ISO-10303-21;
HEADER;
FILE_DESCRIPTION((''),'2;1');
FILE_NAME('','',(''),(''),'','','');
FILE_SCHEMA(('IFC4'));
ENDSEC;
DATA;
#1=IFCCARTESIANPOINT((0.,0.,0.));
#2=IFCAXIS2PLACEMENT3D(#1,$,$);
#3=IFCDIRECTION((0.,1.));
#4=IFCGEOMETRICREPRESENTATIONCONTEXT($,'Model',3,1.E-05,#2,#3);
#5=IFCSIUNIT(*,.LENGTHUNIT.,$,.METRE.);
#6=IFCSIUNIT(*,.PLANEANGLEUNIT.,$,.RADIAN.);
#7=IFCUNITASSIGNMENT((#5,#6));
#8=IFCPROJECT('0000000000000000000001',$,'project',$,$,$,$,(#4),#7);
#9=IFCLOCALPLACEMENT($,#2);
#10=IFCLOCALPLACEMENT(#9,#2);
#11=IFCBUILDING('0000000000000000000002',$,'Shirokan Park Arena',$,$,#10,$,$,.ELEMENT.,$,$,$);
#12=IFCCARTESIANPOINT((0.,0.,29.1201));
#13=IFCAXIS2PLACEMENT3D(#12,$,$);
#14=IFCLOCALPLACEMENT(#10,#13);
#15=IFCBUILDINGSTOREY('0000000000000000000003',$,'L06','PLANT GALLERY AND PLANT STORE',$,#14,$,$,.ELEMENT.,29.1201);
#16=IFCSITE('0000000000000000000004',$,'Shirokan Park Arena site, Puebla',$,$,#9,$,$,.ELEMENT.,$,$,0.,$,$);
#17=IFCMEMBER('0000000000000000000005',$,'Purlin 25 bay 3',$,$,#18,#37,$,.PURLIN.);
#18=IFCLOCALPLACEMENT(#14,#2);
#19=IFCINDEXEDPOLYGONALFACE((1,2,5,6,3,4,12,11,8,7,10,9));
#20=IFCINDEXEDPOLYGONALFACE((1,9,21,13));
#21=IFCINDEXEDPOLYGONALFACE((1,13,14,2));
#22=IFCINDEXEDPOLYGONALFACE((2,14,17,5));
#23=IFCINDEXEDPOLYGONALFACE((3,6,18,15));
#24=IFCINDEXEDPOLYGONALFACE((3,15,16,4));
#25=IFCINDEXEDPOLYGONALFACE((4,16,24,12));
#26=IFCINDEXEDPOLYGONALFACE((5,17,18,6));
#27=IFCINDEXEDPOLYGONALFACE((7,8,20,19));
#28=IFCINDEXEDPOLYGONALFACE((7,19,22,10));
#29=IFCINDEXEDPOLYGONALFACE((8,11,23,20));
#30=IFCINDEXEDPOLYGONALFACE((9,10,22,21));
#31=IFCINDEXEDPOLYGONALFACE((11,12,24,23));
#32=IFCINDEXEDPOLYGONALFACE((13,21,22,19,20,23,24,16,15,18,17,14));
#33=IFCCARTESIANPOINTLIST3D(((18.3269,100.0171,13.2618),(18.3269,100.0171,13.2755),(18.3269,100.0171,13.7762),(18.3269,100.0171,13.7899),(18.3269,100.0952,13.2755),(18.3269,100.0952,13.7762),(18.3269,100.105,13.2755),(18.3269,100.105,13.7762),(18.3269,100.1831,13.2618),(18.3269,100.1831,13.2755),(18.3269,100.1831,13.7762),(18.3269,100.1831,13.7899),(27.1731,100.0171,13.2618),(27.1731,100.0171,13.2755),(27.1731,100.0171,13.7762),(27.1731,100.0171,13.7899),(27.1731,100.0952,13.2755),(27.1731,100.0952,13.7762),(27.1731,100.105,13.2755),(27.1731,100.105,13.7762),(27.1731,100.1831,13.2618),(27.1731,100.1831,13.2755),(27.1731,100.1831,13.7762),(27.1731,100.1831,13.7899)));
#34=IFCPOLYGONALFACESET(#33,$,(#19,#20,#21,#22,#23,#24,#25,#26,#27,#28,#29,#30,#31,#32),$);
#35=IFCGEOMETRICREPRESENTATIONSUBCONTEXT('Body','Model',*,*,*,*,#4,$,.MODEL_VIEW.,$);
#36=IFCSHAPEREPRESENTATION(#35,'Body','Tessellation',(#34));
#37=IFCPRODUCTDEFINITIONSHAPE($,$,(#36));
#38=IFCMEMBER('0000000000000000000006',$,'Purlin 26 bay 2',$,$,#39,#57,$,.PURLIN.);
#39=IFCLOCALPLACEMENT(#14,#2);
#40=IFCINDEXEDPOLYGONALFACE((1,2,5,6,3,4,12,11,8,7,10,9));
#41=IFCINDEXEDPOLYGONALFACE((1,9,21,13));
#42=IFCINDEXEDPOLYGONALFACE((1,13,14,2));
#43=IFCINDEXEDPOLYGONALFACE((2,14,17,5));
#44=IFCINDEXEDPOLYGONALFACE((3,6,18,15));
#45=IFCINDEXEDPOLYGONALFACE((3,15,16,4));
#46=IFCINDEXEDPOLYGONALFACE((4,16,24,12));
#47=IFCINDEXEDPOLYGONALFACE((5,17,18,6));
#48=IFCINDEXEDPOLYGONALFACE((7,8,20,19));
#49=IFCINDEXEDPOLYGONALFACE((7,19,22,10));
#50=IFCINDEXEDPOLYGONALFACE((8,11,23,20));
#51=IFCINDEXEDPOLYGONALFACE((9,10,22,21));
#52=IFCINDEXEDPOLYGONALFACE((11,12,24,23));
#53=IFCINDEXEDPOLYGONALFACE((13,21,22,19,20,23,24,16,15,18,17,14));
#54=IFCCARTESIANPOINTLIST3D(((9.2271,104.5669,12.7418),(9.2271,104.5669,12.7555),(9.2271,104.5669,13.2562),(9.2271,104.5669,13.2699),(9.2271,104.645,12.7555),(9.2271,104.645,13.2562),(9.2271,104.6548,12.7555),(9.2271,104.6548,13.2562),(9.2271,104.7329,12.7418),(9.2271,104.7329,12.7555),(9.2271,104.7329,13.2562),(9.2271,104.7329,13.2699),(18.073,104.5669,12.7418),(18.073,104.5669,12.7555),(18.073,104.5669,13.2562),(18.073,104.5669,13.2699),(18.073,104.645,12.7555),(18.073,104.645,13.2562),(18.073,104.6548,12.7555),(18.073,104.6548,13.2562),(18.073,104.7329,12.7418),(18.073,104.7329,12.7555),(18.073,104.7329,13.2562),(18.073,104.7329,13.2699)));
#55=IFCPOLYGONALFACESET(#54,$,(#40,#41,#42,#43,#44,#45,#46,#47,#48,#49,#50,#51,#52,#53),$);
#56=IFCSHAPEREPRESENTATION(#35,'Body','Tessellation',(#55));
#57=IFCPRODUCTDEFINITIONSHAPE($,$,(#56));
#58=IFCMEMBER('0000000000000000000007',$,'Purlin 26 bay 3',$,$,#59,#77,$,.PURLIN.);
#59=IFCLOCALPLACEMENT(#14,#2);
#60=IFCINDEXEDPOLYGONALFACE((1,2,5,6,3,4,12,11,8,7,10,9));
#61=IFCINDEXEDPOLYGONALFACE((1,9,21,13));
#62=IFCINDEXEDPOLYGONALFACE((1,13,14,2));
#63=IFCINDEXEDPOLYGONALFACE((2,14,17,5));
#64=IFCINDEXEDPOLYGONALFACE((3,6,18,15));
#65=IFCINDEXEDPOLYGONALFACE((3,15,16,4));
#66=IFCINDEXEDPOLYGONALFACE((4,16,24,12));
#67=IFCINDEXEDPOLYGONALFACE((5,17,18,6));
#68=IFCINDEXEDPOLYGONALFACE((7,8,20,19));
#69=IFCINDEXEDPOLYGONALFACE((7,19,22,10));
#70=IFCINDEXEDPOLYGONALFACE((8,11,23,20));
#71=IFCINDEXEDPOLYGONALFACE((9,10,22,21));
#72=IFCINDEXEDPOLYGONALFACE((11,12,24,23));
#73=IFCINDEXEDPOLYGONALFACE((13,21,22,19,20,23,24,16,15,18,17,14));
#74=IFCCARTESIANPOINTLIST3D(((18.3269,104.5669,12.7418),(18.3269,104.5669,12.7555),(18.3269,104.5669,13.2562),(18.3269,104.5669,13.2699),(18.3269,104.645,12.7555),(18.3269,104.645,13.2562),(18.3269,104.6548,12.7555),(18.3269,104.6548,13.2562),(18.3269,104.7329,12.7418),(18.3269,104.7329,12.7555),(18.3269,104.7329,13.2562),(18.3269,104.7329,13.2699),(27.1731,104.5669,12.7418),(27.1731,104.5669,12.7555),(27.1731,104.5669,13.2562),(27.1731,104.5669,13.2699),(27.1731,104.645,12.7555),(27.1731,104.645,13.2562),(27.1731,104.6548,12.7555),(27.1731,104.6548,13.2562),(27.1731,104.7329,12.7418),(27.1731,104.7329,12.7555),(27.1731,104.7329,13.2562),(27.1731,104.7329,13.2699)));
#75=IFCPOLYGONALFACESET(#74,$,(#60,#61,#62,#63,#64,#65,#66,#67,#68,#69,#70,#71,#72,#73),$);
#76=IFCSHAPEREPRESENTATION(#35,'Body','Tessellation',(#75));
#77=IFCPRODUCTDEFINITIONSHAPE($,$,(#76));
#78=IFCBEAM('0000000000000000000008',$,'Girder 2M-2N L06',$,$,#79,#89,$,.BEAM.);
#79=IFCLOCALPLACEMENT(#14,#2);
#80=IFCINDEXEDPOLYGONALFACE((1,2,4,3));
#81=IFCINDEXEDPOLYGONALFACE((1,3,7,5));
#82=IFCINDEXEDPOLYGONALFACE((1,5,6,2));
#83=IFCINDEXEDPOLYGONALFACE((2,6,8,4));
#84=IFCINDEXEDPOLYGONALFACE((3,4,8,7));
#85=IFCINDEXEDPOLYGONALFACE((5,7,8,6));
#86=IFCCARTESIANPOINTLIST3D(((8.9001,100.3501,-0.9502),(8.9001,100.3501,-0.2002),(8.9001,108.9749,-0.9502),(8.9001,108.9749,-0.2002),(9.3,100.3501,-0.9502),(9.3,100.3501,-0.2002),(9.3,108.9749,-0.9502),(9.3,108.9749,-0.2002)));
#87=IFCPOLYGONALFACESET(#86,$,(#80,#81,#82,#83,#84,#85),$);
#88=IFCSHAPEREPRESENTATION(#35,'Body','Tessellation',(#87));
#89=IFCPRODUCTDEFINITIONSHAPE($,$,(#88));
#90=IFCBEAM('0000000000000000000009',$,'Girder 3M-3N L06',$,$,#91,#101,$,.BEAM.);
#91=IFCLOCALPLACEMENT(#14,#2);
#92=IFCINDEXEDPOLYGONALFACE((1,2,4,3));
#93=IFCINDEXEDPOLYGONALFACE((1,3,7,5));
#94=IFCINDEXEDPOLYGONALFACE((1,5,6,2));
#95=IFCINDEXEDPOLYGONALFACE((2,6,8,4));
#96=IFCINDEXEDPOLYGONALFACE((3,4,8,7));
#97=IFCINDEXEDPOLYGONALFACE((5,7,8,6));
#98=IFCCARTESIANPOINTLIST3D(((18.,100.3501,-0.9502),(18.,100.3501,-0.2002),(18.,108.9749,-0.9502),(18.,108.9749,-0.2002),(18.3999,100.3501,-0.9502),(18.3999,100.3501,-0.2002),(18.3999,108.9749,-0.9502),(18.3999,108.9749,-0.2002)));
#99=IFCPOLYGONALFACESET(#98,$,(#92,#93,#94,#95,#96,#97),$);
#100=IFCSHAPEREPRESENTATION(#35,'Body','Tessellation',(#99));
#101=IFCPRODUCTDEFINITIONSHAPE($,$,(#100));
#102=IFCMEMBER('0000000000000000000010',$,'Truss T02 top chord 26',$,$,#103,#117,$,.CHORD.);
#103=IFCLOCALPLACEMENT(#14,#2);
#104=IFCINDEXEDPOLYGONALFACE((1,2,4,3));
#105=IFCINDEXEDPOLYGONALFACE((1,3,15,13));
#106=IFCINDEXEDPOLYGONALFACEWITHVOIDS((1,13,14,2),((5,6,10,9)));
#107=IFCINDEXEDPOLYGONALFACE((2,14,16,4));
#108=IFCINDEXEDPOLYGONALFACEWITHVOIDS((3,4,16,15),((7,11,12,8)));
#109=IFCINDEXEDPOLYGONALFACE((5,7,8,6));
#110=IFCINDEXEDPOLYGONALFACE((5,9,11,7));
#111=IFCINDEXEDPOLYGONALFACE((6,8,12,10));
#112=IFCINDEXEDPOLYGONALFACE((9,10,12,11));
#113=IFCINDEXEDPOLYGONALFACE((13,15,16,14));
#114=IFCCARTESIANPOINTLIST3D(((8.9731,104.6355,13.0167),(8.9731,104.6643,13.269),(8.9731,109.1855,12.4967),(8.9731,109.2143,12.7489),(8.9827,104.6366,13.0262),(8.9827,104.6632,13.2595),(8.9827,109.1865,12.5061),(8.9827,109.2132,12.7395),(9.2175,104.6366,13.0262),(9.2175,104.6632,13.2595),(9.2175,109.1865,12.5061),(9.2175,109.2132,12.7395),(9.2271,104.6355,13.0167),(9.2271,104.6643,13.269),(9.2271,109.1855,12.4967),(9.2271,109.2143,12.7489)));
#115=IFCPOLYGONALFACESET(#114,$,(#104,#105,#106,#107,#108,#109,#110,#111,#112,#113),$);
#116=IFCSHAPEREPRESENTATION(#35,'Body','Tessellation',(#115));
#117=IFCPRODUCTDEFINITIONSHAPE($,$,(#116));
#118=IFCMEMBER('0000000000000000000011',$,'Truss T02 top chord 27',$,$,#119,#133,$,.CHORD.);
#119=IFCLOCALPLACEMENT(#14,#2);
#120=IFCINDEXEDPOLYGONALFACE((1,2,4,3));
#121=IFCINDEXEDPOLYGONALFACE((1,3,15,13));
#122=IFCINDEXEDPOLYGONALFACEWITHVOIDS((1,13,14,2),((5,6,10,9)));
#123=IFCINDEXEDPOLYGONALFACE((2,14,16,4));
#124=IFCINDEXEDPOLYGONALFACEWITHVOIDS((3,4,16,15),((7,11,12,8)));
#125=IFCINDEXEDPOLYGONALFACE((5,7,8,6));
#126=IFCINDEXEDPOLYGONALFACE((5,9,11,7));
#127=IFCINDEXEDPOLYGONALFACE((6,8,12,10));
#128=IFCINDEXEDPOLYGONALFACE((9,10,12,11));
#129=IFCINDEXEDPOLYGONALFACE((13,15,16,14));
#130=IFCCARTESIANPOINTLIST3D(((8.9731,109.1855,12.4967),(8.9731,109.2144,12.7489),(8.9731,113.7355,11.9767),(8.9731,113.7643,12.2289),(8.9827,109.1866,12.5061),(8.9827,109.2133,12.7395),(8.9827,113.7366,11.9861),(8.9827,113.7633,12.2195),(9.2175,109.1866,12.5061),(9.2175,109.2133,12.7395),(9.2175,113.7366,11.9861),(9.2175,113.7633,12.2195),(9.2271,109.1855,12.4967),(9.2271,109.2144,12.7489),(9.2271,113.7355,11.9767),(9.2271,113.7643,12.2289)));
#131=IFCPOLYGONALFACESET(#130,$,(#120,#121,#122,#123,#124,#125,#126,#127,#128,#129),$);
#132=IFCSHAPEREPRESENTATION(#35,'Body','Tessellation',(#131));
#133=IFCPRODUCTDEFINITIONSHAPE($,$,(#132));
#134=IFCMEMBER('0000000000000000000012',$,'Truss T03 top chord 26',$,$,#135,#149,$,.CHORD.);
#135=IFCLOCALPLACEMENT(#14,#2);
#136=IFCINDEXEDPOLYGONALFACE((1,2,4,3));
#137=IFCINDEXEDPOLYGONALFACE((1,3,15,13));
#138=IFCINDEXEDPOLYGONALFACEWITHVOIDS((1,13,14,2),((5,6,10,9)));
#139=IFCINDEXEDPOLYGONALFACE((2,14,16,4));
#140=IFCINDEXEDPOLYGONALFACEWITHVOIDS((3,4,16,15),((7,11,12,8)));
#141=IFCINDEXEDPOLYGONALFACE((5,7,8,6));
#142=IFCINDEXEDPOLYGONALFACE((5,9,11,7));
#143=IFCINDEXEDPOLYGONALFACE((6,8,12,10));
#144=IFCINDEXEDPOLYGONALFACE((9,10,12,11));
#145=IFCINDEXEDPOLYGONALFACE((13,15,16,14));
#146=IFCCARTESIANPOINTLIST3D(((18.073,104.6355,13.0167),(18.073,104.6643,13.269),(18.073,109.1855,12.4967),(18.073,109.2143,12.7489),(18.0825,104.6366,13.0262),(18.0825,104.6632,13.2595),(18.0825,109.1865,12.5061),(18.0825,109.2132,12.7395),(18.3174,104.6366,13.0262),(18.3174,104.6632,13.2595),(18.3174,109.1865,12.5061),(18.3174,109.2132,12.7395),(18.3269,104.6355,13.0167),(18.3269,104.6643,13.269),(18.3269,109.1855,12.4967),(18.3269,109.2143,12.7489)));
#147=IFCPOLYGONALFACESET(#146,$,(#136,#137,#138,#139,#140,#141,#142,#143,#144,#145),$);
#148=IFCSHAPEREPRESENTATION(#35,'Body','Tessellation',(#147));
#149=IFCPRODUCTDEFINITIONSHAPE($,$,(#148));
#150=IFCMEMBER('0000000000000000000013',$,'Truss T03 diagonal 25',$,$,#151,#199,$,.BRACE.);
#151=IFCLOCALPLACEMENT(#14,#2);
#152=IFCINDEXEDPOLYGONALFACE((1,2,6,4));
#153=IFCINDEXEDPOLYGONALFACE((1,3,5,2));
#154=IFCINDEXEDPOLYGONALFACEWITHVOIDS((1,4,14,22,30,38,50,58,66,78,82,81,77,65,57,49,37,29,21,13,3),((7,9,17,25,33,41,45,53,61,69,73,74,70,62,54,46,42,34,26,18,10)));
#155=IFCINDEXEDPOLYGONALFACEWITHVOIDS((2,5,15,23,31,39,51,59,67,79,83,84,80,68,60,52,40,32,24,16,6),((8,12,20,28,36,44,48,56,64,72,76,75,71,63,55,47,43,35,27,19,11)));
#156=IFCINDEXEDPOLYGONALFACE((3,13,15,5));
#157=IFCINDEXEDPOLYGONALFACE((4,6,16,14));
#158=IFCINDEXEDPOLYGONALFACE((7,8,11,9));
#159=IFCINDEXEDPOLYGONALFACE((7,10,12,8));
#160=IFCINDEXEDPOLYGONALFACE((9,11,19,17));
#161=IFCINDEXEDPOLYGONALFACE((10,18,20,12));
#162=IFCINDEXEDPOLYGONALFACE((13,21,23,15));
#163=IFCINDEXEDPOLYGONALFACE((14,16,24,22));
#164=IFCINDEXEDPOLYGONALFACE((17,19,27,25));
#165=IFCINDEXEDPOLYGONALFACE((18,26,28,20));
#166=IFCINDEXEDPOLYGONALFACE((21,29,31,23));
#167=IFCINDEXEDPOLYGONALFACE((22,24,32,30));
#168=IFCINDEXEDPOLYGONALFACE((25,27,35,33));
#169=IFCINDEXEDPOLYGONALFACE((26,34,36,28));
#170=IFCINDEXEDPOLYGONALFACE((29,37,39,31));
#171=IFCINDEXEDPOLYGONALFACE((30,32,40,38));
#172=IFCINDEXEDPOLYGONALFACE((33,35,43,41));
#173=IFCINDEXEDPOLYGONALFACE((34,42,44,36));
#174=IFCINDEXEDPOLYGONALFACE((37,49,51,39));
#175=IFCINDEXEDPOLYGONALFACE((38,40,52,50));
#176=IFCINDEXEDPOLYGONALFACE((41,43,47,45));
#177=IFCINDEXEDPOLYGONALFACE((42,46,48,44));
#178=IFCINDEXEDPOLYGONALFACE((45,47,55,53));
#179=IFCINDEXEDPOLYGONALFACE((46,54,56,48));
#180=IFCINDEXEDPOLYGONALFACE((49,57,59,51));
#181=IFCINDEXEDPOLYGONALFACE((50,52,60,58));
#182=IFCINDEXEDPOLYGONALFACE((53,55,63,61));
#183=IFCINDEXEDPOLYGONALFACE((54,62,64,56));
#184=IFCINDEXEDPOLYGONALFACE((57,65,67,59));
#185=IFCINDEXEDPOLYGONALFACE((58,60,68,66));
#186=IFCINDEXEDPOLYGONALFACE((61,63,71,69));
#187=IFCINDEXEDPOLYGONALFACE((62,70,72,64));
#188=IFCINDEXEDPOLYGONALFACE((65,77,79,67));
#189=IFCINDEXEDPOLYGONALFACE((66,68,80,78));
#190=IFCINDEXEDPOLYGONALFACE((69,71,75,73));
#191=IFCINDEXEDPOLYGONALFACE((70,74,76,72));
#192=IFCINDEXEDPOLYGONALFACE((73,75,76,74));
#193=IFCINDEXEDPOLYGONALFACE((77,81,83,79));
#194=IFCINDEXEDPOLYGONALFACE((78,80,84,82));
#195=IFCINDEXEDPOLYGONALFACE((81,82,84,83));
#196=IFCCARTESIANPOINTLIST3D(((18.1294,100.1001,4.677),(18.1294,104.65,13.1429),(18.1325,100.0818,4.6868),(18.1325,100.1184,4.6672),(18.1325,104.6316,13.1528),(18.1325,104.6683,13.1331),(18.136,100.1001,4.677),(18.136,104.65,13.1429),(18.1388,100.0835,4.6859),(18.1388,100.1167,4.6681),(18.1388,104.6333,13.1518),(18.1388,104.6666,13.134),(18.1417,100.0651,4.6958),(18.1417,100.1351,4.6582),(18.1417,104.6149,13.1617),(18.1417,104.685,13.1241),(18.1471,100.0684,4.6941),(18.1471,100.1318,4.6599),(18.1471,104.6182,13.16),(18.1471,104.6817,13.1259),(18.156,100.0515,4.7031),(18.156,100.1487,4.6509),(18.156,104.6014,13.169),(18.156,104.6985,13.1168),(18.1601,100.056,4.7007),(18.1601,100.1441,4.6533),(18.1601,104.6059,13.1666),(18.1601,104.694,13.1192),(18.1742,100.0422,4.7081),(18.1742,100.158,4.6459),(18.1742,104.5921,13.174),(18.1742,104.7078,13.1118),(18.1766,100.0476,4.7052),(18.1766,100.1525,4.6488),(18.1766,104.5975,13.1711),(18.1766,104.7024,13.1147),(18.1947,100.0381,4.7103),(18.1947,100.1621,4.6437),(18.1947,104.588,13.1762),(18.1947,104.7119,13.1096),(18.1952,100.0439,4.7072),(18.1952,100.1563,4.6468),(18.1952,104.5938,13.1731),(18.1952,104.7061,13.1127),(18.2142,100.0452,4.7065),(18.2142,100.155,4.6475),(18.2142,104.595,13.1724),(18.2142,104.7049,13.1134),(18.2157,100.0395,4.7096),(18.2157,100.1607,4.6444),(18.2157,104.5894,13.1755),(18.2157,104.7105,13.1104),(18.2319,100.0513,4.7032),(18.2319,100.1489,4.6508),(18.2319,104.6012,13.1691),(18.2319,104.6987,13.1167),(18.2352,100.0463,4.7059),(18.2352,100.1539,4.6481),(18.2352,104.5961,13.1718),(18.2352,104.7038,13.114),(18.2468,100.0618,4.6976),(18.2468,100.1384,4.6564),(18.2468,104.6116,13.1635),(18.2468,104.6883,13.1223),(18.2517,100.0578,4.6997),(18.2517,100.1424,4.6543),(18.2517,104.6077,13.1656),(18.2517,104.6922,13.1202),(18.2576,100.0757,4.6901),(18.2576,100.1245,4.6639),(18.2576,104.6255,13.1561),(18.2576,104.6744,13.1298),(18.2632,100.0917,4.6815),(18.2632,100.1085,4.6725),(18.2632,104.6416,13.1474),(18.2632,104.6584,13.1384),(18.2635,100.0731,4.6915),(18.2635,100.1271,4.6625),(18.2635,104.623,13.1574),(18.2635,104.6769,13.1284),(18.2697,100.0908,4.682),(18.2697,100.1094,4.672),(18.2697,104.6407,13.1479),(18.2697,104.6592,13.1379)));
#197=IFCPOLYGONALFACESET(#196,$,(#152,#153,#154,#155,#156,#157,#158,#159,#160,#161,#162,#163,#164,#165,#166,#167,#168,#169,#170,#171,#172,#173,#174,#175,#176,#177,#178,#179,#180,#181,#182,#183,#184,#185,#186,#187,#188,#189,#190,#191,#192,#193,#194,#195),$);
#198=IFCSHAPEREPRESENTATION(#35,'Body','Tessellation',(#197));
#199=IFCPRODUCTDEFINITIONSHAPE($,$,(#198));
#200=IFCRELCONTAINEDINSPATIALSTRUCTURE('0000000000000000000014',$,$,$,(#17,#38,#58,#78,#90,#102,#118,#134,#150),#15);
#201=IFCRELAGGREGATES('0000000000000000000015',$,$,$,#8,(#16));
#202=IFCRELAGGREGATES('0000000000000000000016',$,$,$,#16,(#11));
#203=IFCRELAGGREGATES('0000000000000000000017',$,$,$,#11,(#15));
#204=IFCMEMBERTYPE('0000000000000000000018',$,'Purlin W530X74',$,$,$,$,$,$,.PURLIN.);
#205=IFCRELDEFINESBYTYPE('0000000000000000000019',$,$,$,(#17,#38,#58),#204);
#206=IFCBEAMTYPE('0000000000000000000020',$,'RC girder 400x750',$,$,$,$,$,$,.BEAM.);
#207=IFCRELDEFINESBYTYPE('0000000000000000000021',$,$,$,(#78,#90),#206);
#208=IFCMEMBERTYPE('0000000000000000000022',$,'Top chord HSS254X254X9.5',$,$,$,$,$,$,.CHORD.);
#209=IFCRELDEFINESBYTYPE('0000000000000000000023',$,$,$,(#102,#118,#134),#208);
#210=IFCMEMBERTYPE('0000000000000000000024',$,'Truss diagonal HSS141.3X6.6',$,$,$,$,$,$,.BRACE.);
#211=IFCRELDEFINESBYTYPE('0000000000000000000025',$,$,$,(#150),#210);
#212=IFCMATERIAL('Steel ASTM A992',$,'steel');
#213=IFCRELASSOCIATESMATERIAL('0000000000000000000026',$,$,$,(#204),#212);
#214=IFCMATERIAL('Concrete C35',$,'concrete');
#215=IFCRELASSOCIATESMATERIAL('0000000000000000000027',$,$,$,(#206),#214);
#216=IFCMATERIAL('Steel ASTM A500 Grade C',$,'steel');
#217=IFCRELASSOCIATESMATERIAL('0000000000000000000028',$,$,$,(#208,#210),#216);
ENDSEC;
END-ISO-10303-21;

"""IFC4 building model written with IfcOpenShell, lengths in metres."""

from ifc_helpers import new_model, si_unit, direction, frame, origin, origin_2d, place, context, subcontext, project, spatial, rectangle, hollow_rectangle, hollow_circle, i_section, extrude, material, material_profile, profile_set, type_object, element, save


model = new_model("IFC4")

# Units and contexts
model_context = context("Model", 3, precision=1e-05, world=origin(), true_north=direction((0.0, 1.0)))
body_context = subcontext(model_context, "Body", "Model", "MODEL_VIEW")
ifc_project = project(units=[si_unit("LENGTHUNIT", "METRE"), si_unit("PLANEANGLEUNIT", "RADIAN")], contexts=[model_context])

# Site, building, storey
site_placement = place(None, origin())
site = spatial("IfcSite", under=ifc_project, at=site_placement, Name="Shirokan Park Arena site, Puebla", CompositionType="ELEMENT", RefElevation=0.0)
building_placement = place(site_placement, origin())
building = spatial("IfcBuilding", under=site, at=building_placement, Name="Shirokan Park Arena", CompositionType="ELEMENT")
storey_placement = place(building_placement, frame((0.0, 0.0, 29.1201)))
storey = spatial("IfcBuildingStorey", under=building, at=storey_placement, Name="L06", Description="PLANT GALLERY AND PLANT STORE", CompositionType="ELEMENT", Elevation=29.1201)

# Members
ifc_material_1 = material(Name="Steel ASTM A500 Grade C", Category="steel")
ifc_material_2 = material(Name="Steel ASTM A992", Category="steel")
ifc_material_profile_1 = material_profile(ifc_material_2, i_section(OverallWidth=0.166, OverallDepth=0.5281, WebThickness=0.0098, FlangeThickness=0.0137, at=origin_2d()), Name="W530X74")
ifc_profile_set_1 = profile_set([ifc_material_profile_1], Name="Steel ASTM A992")
member_type_1 = type_object("IfcMemberType", Name="Purlin W530X74", PredefinedType="PURLIN", material=ifc_profile_set_1)
member_1_placement = place(storey_placement, frame((18.3269, 100.1001, 13.5259), z_axis=(1.0, 0.0, 0.0), x_axis=(0.0, 1.0, 0.0)))
element("IfcMember", 1, at=member_1_placement, inside=storey, type_object=member_type_1, Name="Purlin 25 bay 3", PredefinedType="PURLIN", context=body_context, shape_type="SweptSolid", body=[
    extrude(i_section(OverallWidth=0.166, OverallDepth=0.5281, WebThickness=0.0098, FlangeThickness=0.0137, at=origin_2d()), origin(), (0.0, 0.0, 1.0), 8.8462),
])
member_2_placement = place(storey_placement, frame((9.2271, 104.6499, 13.0059), z_axis=(1.0, 0.0, 0.0), x_axis=(0.0, 1.0, 0.0)))
element("IfcMember", 2, at=member_2_placement, inside=storey, type_object=member_type_1, Name="Purlin 26 bay 2", PredefinedType="PURLIN", context=body_context, shape_type="SweptSolid", body=[
    extrude(i_section(OverallWidth=0.166, OverallDepth=0.5281, WebThickness=0.0098, FlangeThickness=0.0137, at=origin_2d()), origin(), (0.0, 0.0, 1.0), 8.8459),
])
member_3_placement = place(storey_placement, frame((18.3269, 104.6499, 13.0059), z_axis=(1.0, 0.0, 0.0), x_axis=(0.0, 1.0, 0.0)))
element("IfcMember", 3, at=member_3_placement, inside=storey, type_object=member_type_1, Name="Purlin 26 bay 3", PredefinedType="PURLIN", context=body_context, shape_type="SweptSolid", body=[
    extrude(i_section(OverallWidth=0.166, OverallDepth=0.5281, WebThickness=0.0098, FlangeThickness=0.0137, at=origin_2d()), origin(), (0.0, 0.0, 1.0), 8.8462),
])

# Beams
ifc_material_3 = material(Name="Concrete C35", Category="concrete")
ifc_material_profile_2 = material_profile(ifc_material_3, rectangle(XDim=0.3999, YDim=0.75, at=origin_2d()), Name="400x750")
ifc_profile_set_2 = profile_set([ifc_material_profile_2], Name="Concrete C35")
beam_type = type_object("IfcBeamType", Name="RC girder 400x750", PredefinedType="BEAM", material=ifc_profile_set_2)
for number, where, z_axis, x_axis, name in (
    (4, (9.1001, 100.3501, -0.5752), (0.0, 1.0, 0.0), (-1.0, 0.0, 0.0), "Girder 2M-2N L06"),
    (5, (18.2, 100.3501, -0.5752), (0.0, 1.0, 0.0), (-1.0, 0.0, 0.0), "Girder 3M-3N L06"),
):
    element("IfcBeam", number, at=place(storey_placement, frame(where, z_axis=z_axis, x_axis=x_axis)), inside=storey, type_object=beam_type, Name=name, PredefinedType="BEAM", context=body_context, shape_type="SweptSolid", body=[
        extrude(rectangle(XDim=0.3999, YDim=0.75, at=origin_2d()), origin(), (0.0, 0.0, 1.0), 8.6248),
    ])

# Members
ifc_material_profile_3 = material_profile(ifc_material_1, hollow_rectangle(XDim=0.2539, YDim=0.2539, WallThickness=0.0095, at=origin_2d()), Name="HSS254X254X9.5")
ifc_profile_set_3 = profile_set([ifc_material_profile_3], Name="Steel ASTM A500 Grade C")
member_type_2 = type_object("IfcMemberType", Name="Top chord HSS254X254X9.5", PredefinedType="CHORD", material=ifc_profile_set_3)
for number, where, z_axis, x_axis, name in (
    (6, (9.1001, 104.6499, 13.1428), (0.0, 0.993532, -0.11355), (-1.0, 0.0, 0.0), "Truss T02 top chord 26"),
    (7, (9.1001, 109.2, 12.6228), (0.0, 0.993532, -0.11355), (-1.0, 0.0, 0.0), "Truss T02 top chord 27"),
    (8, (18.2, 104.6499, 13.1428), (0.0, 0.993532, -0.11355), (-1.0, 0.0, 0.0), "Truss T03 top chord 26"),
):
    element("IfcMember", number, at=place(storey_placement, frame(where, z_axis=z_axis, x_axis=x_axis)), inside=storey, type_object=member_type_2, Name=name, PredefinedType="CHORD", context=body_context, shape_type="SweptSolid", body=[
        extrude(hollow_rectangle(XDim=0.2539, YDim=0.2539, WallThickness=0.0095, at=origin_2d()), origin(), (0.0, 0.0, 1.0), 4.5796),
    ])
ifc_material_profile_4 = material_profile(ifc_material_1, hollow_circle(Radius=0.0706, WallThickness=0.0066, at=origin_2d()), Name="HSS141.3X6.6")
ifc_profile_set_4 = profile_set([ifc_material_profile_4], Name="Steel ASTM A500 Grade C")
member_type_3 = type_object("IfcMemberType", Name="Truss diagonal HSS141.3X6.6", PredefinedType="BRACE", material=ifc_profile_set_4)
for number, where, z_axis, x_axis, name in (
    (9, (18.2, 100.1001, 4.677), (0.0, 0.473397, 0.880849), (-1.0, 0.0, 0.0), "Truss T03 diagonal 25"),
):
    element("IfcMember", number, at=place(storey_placement, frame(where, z_axis=z_axis, x_axis=x_axis)), inside=storey, type_object=member_type_3, Name=name, PredefinedType="BRACE", context=body_context, shape_type="SweptSolid", body=[
        extrude(hollow_circle(Radius=0.0706, WallThickness=0.0066, at=origin_2d()), origin(), (0.0, 0.0, 1.0), 9.6111),
    ])

save(model, "model.ifc")
